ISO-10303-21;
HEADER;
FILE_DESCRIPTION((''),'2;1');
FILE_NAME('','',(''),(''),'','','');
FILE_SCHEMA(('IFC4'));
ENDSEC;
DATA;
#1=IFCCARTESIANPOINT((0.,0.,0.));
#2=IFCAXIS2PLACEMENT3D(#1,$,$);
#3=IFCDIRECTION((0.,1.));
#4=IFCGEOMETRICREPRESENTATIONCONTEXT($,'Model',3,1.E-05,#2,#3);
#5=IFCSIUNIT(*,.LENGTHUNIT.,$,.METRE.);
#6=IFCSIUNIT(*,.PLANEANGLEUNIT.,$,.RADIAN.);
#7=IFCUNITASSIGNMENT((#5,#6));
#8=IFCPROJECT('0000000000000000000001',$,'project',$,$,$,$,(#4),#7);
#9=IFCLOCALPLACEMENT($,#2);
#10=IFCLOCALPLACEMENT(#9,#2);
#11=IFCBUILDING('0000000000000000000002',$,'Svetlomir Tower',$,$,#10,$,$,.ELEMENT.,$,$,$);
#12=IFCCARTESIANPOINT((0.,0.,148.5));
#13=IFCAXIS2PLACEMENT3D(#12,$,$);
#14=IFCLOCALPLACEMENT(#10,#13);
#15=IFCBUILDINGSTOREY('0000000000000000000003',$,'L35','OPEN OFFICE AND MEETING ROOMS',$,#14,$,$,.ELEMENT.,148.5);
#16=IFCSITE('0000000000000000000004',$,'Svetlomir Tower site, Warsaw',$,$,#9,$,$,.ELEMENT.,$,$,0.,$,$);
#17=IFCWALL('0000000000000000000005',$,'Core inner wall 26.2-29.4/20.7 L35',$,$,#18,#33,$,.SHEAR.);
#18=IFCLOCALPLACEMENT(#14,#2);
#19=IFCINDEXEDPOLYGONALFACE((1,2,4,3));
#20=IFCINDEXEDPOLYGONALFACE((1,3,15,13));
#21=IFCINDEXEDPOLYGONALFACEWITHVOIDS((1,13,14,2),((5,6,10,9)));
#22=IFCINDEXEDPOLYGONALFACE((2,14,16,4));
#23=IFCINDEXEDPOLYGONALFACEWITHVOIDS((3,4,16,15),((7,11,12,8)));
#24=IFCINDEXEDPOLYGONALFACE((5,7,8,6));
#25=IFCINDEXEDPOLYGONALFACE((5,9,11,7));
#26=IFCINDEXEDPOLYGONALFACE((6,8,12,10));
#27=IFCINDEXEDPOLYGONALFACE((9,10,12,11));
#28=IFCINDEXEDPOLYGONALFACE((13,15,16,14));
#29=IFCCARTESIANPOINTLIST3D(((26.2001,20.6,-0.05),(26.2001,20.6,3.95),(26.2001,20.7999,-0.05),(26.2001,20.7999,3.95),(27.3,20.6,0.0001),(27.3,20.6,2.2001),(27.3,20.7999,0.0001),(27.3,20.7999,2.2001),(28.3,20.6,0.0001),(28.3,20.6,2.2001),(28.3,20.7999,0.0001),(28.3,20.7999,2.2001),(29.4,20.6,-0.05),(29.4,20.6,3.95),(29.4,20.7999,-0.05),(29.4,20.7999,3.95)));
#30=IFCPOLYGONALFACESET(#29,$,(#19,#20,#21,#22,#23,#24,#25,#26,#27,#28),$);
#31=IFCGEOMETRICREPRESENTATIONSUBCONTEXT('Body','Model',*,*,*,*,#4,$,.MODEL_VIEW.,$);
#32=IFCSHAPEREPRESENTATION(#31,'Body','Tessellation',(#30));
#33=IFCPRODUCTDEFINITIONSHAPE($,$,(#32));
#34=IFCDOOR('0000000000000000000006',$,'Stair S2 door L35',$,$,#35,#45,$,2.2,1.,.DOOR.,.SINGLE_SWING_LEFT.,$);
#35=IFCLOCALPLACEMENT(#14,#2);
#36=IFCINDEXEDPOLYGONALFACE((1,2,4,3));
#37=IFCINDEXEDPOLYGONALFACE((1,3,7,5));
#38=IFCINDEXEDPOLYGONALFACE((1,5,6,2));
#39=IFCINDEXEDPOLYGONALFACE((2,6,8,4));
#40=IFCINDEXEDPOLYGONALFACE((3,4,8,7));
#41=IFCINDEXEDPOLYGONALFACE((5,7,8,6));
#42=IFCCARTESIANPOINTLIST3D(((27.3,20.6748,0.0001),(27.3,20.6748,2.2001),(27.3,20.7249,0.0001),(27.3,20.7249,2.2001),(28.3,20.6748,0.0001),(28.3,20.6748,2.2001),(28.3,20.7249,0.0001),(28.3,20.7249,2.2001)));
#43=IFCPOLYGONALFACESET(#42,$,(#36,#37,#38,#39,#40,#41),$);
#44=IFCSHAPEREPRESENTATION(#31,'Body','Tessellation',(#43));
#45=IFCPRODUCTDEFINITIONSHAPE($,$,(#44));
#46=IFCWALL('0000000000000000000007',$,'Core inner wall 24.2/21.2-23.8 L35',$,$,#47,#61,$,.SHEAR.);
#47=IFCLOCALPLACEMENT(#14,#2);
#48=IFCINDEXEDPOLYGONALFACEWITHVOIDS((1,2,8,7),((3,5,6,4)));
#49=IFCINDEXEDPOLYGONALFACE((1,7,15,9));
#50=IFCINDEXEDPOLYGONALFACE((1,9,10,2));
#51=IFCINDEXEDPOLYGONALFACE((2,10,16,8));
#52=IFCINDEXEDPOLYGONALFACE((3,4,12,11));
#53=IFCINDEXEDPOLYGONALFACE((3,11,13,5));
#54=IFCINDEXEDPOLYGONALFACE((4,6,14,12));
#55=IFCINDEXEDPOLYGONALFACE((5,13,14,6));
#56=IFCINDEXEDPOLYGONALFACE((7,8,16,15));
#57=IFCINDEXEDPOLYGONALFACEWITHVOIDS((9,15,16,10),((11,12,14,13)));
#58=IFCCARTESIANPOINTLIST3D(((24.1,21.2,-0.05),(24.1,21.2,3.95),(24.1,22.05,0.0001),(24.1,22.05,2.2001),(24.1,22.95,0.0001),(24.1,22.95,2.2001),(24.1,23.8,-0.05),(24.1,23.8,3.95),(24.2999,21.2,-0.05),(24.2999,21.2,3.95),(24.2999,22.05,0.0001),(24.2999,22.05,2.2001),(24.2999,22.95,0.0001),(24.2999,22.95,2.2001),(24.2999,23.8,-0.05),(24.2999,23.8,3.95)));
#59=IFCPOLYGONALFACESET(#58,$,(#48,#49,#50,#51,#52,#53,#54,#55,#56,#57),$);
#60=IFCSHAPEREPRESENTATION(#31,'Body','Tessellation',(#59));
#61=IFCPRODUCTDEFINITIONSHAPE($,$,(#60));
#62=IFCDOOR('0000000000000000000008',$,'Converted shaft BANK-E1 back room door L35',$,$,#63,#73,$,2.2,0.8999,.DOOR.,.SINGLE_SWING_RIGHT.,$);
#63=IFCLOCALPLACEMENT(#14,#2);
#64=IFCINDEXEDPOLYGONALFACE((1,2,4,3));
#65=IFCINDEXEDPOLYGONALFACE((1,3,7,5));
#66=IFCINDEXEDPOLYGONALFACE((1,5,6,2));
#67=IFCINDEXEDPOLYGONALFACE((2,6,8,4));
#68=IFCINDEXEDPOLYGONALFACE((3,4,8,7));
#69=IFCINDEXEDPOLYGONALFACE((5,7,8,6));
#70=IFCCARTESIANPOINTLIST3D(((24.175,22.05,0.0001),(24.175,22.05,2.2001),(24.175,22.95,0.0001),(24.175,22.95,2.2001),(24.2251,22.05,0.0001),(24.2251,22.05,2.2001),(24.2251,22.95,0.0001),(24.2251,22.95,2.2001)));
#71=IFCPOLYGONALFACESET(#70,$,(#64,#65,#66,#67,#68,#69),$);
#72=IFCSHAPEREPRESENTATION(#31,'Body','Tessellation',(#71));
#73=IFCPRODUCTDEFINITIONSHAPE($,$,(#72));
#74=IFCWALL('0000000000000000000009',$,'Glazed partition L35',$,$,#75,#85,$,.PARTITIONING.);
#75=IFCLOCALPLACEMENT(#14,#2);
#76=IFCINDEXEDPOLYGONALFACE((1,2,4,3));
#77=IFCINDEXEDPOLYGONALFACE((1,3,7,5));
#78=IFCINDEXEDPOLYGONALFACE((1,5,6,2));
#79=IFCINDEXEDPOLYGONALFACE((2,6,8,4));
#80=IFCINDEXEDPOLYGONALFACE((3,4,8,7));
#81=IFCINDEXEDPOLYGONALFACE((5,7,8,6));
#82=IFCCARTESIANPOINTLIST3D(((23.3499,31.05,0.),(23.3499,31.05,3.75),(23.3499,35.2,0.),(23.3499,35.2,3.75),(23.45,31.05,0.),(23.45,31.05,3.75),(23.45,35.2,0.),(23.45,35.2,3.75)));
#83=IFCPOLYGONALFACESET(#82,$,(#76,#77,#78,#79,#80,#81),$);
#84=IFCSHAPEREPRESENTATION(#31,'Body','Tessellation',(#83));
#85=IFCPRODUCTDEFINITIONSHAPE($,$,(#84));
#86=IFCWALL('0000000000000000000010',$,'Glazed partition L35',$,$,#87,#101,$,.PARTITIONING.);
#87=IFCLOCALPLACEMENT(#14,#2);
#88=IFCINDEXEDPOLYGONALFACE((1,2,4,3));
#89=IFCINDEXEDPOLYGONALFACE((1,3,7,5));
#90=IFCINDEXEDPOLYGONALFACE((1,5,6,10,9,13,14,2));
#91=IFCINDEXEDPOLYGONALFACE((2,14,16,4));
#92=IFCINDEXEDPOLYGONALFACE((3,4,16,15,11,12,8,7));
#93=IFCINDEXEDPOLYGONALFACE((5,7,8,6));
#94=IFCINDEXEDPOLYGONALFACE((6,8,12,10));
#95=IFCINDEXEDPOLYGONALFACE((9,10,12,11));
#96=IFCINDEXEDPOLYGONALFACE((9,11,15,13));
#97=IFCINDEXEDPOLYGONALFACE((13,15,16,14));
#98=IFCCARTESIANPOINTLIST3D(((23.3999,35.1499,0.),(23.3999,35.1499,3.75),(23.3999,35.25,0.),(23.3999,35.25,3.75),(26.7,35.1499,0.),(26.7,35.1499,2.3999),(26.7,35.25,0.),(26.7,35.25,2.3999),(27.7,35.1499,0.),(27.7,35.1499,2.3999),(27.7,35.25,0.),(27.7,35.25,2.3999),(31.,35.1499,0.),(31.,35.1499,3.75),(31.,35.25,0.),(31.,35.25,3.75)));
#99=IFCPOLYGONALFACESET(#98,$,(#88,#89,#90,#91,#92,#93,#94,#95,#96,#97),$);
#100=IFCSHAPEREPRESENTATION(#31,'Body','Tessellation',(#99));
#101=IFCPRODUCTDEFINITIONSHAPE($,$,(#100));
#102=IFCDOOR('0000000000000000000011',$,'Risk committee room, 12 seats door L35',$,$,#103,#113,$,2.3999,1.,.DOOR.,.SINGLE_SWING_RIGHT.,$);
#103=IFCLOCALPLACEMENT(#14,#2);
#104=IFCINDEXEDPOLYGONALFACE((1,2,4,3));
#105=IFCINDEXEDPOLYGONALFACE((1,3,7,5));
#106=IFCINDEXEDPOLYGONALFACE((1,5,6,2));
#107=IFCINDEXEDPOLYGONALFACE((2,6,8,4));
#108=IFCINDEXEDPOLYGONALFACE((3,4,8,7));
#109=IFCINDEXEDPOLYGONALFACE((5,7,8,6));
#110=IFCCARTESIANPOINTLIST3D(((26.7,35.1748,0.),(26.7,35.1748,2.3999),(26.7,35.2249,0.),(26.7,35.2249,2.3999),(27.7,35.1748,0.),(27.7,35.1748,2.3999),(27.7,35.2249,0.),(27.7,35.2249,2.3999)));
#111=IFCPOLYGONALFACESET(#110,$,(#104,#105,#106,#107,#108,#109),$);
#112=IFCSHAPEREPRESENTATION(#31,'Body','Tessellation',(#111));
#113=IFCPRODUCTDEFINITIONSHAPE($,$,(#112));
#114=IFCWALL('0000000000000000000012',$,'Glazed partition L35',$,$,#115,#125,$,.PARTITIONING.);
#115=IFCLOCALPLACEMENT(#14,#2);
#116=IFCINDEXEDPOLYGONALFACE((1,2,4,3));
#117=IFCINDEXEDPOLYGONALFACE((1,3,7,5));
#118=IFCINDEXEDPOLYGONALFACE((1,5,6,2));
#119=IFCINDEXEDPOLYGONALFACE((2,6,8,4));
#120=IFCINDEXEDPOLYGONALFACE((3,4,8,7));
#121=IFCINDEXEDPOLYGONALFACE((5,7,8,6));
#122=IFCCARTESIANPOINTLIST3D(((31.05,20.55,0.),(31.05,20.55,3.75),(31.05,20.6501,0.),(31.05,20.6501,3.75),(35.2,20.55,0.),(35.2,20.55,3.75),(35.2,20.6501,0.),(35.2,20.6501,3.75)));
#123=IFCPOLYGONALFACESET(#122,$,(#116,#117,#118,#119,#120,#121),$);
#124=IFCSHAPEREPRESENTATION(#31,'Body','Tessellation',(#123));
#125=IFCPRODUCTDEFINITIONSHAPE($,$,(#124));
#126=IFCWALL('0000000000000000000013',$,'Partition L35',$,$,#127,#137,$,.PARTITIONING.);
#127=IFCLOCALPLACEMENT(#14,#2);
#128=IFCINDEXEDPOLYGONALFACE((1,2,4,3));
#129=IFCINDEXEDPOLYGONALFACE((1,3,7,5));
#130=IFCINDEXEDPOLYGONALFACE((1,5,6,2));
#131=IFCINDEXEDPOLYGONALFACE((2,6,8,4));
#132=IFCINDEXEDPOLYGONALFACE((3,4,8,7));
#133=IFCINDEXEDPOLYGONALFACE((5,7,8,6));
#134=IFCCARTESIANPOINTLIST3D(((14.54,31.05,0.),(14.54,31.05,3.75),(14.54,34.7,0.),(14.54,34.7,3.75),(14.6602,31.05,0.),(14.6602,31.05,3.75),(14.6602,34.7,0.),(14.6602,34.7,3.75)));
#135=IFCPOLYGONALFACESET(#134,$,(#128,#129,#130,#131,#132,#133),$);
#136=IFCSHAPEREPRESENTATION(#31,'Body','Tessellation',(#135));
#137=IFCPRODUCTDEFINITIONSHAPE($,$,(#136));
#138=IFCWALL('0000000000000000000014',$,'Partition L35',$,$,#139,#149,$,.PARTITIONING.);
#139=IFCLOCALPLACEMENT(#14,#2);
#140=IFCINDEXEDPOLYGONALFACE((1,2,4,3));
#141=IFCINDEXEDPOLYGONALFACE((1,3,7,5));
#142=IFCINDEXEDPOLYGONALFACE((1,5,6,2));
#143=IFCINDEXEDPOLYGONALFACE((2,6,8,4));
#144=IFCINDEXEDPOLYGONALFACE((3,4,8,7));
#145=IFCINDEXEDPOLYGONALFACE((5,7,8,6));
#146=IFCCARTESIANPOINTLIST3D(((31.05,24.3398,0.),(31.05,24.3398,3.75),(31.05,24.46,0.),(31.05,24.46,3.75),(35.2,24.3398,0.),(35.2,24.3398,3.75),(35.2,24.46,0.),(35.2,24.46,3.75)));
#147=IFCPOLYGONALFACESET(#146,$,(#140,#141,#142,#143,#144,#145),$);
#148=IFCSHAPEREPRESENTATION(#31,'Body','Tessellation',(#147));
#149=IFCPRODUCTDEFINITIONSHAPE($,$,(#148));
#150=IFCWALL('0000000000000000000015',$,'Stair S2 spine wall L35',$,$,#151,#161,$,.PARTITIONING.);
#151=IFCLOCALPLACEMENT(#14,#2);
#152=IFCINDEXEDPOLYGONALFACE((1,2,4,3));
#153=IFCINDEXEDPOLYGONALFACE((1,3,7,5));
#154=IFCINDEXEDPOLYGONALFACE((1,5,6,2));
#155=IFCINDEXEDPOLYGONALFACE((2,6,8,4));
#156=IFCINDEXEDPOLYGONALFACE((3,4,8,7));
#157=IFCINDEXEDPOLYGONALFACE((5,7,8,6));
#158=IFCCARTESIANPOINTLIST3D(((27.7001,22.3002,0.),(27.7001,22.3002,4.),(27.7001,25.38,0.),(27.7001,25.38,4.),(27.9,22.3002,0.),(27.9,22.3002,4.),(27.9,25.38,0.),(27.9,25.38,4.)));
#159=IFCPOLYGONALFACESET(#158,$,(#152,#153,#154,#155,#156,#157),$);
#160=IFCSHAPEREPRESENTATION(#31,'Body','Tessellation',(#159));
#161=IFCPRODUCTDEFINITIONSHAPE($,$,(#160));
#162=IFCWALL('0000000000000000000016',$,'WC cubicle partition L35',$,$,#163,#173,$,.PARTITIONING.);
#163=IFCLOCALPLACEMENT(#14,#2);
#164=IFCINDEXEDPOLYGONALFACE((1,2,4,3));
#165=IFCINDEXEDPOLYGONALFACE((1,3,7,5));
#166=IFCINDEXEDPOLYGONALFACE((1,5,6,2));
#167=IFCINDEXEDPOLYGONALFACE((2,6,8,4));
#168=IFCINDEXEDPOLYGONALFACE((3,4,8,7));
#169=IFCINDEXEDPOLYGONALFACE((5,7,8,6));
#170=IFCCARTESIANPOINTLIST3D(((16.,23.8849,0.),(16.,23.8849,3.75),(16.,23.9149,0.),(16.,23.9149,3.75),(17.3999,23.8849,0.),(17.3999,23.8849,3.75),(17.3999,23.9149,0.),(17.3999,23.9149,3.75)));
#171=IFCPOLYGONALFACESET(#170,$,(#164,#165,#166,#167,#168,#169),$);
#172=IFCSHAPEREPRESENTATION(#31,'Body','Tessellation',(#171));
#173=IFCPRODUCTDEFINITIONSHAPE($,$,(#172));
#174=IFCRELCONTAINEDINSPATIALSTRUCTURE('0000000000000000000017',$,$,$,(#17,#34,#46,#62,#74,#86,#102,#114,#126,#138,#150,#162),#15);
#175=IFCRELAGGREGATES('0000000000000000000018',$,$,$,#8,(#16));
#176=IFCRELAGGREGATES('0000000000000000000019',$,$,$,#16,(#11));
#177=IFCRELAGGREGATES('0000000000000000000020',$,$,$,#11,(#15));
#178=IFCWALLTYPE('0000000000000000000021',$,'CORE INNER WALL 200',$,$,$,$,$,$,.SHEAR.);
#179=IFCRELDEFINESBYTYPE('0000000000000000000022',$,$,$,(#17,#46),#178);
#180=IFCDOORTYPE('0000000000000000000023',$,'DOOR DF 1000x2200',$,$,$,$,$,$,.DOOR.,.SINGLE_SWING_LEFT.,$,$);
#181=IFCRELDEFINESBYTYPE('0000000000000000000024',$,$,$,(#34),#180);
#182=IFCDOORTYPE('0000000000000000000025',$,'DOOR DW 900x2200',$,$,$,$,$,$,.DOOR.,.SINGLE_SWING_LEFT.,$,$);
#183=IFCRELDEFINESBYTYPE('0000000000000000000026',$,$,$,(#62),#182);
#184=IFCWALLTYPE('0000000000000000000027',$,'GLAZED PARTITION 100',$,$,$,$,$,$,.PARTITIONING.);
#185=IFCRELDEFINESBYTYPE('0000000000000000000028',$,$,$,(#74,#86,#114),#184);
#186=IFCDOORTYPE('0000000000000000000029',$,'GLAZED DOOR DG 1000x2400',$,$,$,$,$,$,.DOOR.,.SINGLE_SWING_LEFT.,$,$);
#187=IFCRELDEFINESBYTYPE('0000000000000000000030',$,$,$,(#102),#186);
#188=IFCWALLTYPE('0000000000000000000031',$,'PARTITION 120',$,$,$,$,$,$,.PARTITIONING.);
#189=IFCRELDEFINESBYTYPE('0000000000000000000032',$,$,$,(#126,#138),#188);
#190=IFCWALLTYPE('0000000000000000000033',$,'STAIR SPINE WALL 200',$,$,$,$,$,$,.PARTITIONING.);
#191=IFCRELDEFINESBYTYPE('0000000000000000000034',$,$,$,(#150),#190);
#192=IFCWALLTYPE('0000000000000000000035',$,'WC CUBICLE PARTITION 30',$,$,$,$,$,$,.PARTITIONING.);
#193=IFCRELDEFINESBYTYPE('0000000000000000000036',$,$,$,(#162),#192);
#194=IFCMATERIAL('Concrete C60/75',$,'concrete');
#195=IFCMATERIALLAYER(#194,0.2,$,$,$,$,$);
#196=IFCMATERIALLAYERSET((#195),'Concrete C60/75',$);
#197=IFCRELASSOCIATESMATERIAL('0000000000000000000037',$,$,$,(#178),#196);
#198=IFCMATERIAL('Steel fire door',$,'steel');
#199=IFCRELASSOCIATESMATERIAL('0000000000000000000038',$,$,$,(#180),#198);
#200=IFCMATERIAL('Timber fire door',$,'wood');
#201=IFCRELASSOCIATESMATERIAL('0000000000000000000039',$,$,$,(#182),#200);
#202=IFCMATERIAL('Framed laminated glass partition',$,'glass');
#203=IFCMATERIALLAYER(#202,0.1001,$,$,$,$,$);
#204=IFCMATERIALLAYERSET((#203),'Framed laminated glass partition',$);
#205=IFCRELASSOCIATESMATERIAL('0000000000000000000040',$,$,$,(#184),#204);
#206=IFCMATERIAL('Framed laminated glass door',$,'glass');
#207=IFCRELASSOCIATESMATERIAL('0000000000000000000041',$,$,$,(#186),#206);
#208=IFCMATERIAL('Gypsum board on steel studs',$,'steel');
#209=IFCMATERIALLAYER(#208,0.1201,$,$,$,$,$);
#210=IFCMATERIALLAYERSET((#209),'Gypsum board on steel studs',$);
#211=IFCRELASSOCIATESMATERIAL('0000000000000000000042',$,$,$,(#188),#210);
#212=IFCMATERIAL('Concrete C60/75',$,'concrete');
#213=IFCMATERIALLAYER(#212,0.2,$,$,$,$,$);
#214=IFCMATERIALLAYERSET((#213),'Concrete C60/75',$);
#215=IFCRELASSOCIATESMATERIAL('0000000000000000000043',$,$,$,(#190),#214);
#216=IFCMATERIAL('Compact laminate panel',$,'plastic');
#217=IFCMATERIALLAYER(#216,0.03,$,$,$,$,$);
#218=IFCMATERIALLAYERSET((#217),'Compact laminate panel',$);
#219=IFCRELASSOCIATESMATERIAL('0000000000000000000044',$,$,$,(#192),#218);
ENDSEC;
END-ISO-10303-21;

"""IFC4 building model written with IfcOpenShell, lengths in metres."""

from ifc_helpers import new_model, si_unit, direction, frame, frame_2d, origin, place, context, subcontext, project, spatial, rectangle, extrude, material, layer, layer_set, type_object, element, fill, save


model = new_model("IFC4")

# Units and contexts
model_context = context("Model", 3, precision=1e-05, world=origin(), true_north=direction((0.0, 1.0)))
body_context = subcontext(model_context, "Body", "Model", "MODEL_VIEW")
ifc_project = project(units=[si_unit("LENGTHUNIT", "METRE"), si_unit("PLANEANGLEUNIT", "RADIAN")], contexts=[model_context])

# Site, building, storey
site_placement = place(None, origin())
site = spatial("IfcSite", under=ifc_project, at=site_placement, Name="Svetlomir Tower site, Warsaw", CompositionType="ELEMENT", RefElevation=0.0)
building_placement = place(site_placement, origin())
building = spatial("IfcBuilding", under=site, at=building_placement, Name="Svetlomir Tower", CompositionType="ELEMENT")
storey_placement = place(building_placement, frame((0.0, 0.0, 148.5)))
storey = spatial("IfcBuildingStorey", under=building, at=storey_placement, Name="L35", Description="OPEN OFFICE AND MEETING ROOMS", CompositionType="ELEMENT", Elevation=148.5)

# Shared definitions
ifc_material_1 = material(Name="Concrete C60/75", Category="concrete")
ifc_layer_1 = layer(ifc_material_1, 0.2)
ifc_layer_set_1 = layer_set([ifc_layer_1], Name="Concrete C60/75")
wall_type_1 = type_object("IfcWallType", Name="CORE INNER WALL 200", PredefinedType="SHEAR", material=ifc_layer_set_1)

# Walls, openings, doors
wall_1_placement = place(storey_placement, frame((26.2, 20.7, -0.05), z_axis=(0.0, 0.0, 1.0), x_axis=(1.0, 0.0, 0.0)))
wall_1 = element("IfcWall", 1, at=wall_1_placement, inside=storey, type_object=wall_type_1, Name="Core inner wall 26.2-29.4/20.7 L35", PredefinedType="SHEAR", context=body_context, shape_type="SweptSolid", body=[
    extrude(rectangle(XDim=3.2, YDim=0.2, at=frame_2d((1.6001, 0.0))), origin(), (0.0, 0.0, 1.0), 4.0),
])
opening_1_placement = place(wall_1_placement, frame((1.1001, 0.0, 0.05)))
opening_1 = element("IfcOpeningElement", 2, at=opening_1_placement, cuts=wall_1, PredefinedType="OPENING", context=body_context, shape_type="SweptSolid", body=[
    extrude(rectangle(XDim=1.0, YDim=2.2, at=frame_2d((0.5, 1.1001))), frame((0.0, 0.1099, 0.0), z_axis=(0.0, -1.0, 0.0), x_axis=(1.0, 0.0, 0.0)), (0.0, 0.0, 1.0), 0.22),
])
ifc_material_2 = material(Name="Steel fire door", Category="steel")
door_type_1 = type_object("IfcDoorType", Name="DOOR DF 1000x2200", OperationType="SINGLE_SWING_LEFT", PredefinedType="DOOR", material=ifc_material_2)
door_1_placement = place(opening_1_placement, origin())
door_1 = element("IfcDoor", 3, at=door_1_placement, inside=storey, type_object=door_type_1, Name="Stair S2 door L35", OperationType="SINGLE_SWING_LEFT", OverallHeight=2.2, OverallWidth=1.0, PredefinedType="DOOR", context=body_context, shape_type="SweptSolid", body=[
    extrude(rectangle(XDim=1.0, YDim=2.2, at=frame_2d((0.5, 1.1001))), frame((0.0, 0.0249, 0.0), z_axis=(0.0, -1.0, 0.0), x_axis=(1.0, 0.0, 0.0)), (0.0, 0.0, 1.0), 0.05),
])
fill(opening_1, door_1)
wall_2_placement = place(storey_placement, frame((24.2, 21.2, -0.05), z_axis=(0.0, 0.0, 1.0), x_axis=(0.0, 1.0, 0.0)))
wall_2 = element("IfcWall", 4, at=wall_2_placement, inside=storey, type_object=wall_type_1, Name="Core inner wall 24.2/21.2-23.8 L35", PredefinedType="SHEAR", context=body_context, shape_type="SweptSolid", body=[
    extrude(rectangle(XDim=2.6001, YDim=0.2, at=frame_2d((1.3, 0.0))), origin(), (0.0, 0.0, 1.0), 4.0),
])
opening_2_placement = place(wall_2_placement, frame((0.8501, 0.0, 0.05)))
opening_2 = element("IfcOpeningElement", 5, at=opening_2_placement, cuts=wall_2, PredefinedType="OPENING", context=body_context, shape_type="SweptSolid", body=[
    extrude(rectangle(XDim=0.8999, YDim=2.2, at=frame_2d((0.45, 1.1001))), frame((0.0, 0.1099, 0.0), z_axis=(0.0, -1.0, 0.0), x_axis=(1.0, 0.0, 0.0)), (0.0, 0.0, 1.0), 0.22),
])
ifc_material_3 = material(Name="Timber fire door", Category="wood")
door_type_2 = type_object("IfcDoorType", Name="DOOR DW 900x2200", OperationType="SINGLE_SWING_LEFT", PredefinedType="DOOR", material=ifc_material_3)
door_2_placement = place(opening_2_placement, origin())
door_2 = element("IfcDoor", 6, at=door_2_placement, inside=storey, type_object=door_type_2, Name="Converted shaft BANK-E1 back room door L35", OperationType="SINGLE_SWING_RIGHT", OverallHeight=2.2, OverallWidth=0.8999, PredefinedType="DOOR", context=body_context, shape_type="SweptSolid", body=[
    extrude(rectangle(XDim=0.8999, YDim=2.2, at=frame_2d((0.45, 1.1001))), frame((0.0, 0.0249, 0.0), z_axis=(0.0, -1.0, 0.0), x_axis=(1.0, 0.0, 0.0)), (0.0, 0.0, 1.0), 0.05),
])
fill(opening_2, door_2)

# Wall
ifc_material_4 = material(Name="Framed laminated glass partition", Category="glass")
ifc_layer_2 = layer(ifc_material_4, 0.1001)
ifc_layer_set_2 = layer_set([ifc_layer_2], Name="Framed laminated glass partition")
wall_type_2 = type_object("IfcWallType", Name="GLAZED PARTITION 100", PredefinedType="PARTITIONING", material=ifc_layer_set_2)
wall_3_placement = place(storey_placement, frame((23.3999, 31.05, 0.0), z_axis=(0.0, 0.0, 1.0), x_axis=(0.0, 1.0, 0.0)))
element("IfcWall", 7, at=wall_3_placement, inside=storey, type_object=wall_type_2, Name="Glazed partition L35", PredefinedType="PARTITIONING", context=body_context, shape_type="SweptSolid", body=[
    extrude(rectangle(XDim=4.1499, YDim=0.1001, at=frame_2d((2.075, 0.0))), origin(), (0.0, 0.0, 1.0), 3.75),
])

# Wall, opening, door
wall_4_placement = place(storey_placement, frame((23.3999, 35.2, 0.0), z_axis=(0.0, 0.0, 1.0), x_axis=(1.0, 0.0, 0.0)))
wall_4 = element("IfcWall", 8, at=wall_4_placement, inside=storey, type_object=wall_type_2, Name="Glazed partition L35", PredefinedType="PARTITIONING", context=body_context, shape_type="SweptSolid", body=[
    extrude(rectangle(XDim=7.6001, YDim=0.1001, at=frame_2d((3.8, 0.0))), origin(), (0.0, 0.0, 1.0), 3.75),
])
opening_3_placement = place(wall_4_placement, frame((3.3, 0.0, 0.0)))
opening_3 = element("IfcOpeningElement", 9, at=opening_3_placement, cuts=wall_4, PredefinedType="OPENING", context=body_context, shape_type="SweptSolid", body=[
    extrude(rectangle(XDim=1.0, YDim=2.3999, at=frame_2d((0.5, 1.2))), frame((0.0, 0.0601, 0.0), z_axis=(0.0, -1.0, 0.0), x_axis=(1.0, 0.0, 0.0)), (0.0, 0.0, 1.0), 0.1201),
])
ifc_material_5 = material(Name="Framed laminated glass door", Category="glass")
door_type_3 = type_object("IfcDoorType", Name="GLAZED DOOR DG 1000x2400", OperationType="SINGLE_SWING_LEFT", PredefinedType="DOOR", material=ifc_material_5)
door_3_placement = place(opening_3_placement, origin())
door_3 = element("IfcDoor", 10, at=door_3_placement, inside=storey, type_object=door_type_3, Name="Risk committee room, 12 seats door L35", OperationType="SINGLE_SWING_RIGHT", OverallHeight=2.3999, OverallWidth=1.0, PredefinedType="DOOR", context=body_context, shape_type="SweptSolid", body=[
    extrude(rectangle(XDim=1.0, YDim=2.3999, at=frame_2d((0.5, 1.2))), frame((0.0, 0.0249, 0.0), z_axis=(0.0, -1.0, 0.0), x_axis=(1.0, 0.0, 0.0)), (0.0, 0.0, 1.0), 0.05),
])
fill(opening_3, door_3)

# Walls
wall_5_placement = place(storey_placement, frame((31.05, 20.6001, 0.0), z_axis=(0.0, 0.0, 1.0), x_axis=(1.0, 0.0, 0.0)))
element("IfcWall", 11, at=wall_5_placement, inside=storey, type_object=wall_type_2, Name="Glazed partition L35", PredefinedType="PARTITIONING", context=body_context, shape_type="SweptSolid", body=[
    extrude(rectangle(XDim=4.1499, YDim=0.1001, at=frame_2d((2.075, 0.0))), origin(), (0.0, 0.0, 1.0), 3.75),
])
ifc_material_6 = material(Name="Gypsum board on steel studs", Category="steel")
ifc_layer_3 = layer(ifc_material_6, 0.1201)
ifc_layer_set_3 = layer_set([ifc_layer_3], Name="Gypsum board on steel studs")
wall_type_3 = type_object("IfcWallType", Name="PARTITION 120", PredefinedType="PARTITIONING", material=ifc_layer_set_3)
wall_6_placement = place(storey_placement, frame((14.6001, 31.05, 0.0), z_axis=(0.0, 0.0, 1.0), x_axis=(0.0, 1.0, 0.0)))
element("IfcWall", 12, at=wall_6_placement, inside=storey, type_object=wall_type_3, Name="Partition L35", PredefinedType="PARTITIONING", context=body_context, shape_type="SweptSolid", body=[
    extrude(rectangle(XDim=3.6499, YDim=0.1201, at=frame_2d((1.825, 0.0))), origin(), (0.0, 0.0, 1.0), 3.75),
])
wall_7_placement = place(storey_placement, frame((31.05, 24.3999, 0.0), z_axis=(0.0, 0.0, 1.0), x_axis=(1.0, 0.0, 0.0)))
element("IfcWall", 13, at=wall_7_placement, inside=storey, type_object=wall_type_3, Name="Partition L35", PredefinedType="PARTITIONING", context=body_context, shape_type="SweptSolid", body=[
    extrude(rectangle(XDim=4.1499, YDim=0.1201, at=frame_2d((2.075, 0.0))), origin(), (0.0, 0.0, 1.0), 3.75),
])
ifc_material_7 = material(Name="Concrete C60/75", Category="concrete")
ifc_layer_4 = layer(ifc_material_7, 0.2)
ifc_layer_set_4 = layer_set([ifc_layer_4], Name="Concrete C60/75")
wall_type_4 = type_object("IfcWallType", Name="STAIR SPINE WALL 200", PredefinedType="PARTITIONING", material=ifc_layer_set_4)
wall_8_placement = place(storey_placement, frame((27.8, 22.3, 0.0), z_axis=(0.0, 0.0, 1.0), x_axis=(0.0, 1.0, 0.0)))
element("IfcWall", 14, at=wall_8_placement, inside=storey, type_object=wall_type_4, Name="Stair S2 spine wall L35", PredefinedType="PARTITIONING", context=body_context, shape_type="SweptSolid", body=[
    extrude(rectangle(XDim=3.0798, YDim=0.2, at=frame_2d((1.54, 0.0))), origin(), (0.0, 0.0, 1.0), 4.0),
])
ifc_material_8 = material(Name="Compact laminate panel", Category="plastic")
ifc_layer_5 = layer(ifc_material_8, 0.03)
ifc_layer_set_5 = layer_set([ifc_layer_5], Name="Compact laminate panel")
wall_type_5 = type_object("IfcWallType", Name="WC CUBICLE PARTITION 30", PredefinedType="PARTITIONING", material=ifc_layer_set_5)
wall_9_placement = place(storey_placement, frame((16.0, 23.8999, 0.0), z_axis=(0.0, 0.0, 1.0), x_axis=(1.0, 0.0, 0.0)))
element("IfcWall", 15, at=wall_9_placement, inside=storey, type_object=wall_type_5, Name="WC cubicle partition L35", PredefinedType="PARTITIONING", context=body_context, shape_type="SweptSolid", body=[
    extrude(rectangle(XDim=1.3999, YDim=0.03, at=frame_2d((0.7, 0.0))), origin(), (0.0, 0.0, 1.0), 3.75),
])

save(model, "model.ifc")
